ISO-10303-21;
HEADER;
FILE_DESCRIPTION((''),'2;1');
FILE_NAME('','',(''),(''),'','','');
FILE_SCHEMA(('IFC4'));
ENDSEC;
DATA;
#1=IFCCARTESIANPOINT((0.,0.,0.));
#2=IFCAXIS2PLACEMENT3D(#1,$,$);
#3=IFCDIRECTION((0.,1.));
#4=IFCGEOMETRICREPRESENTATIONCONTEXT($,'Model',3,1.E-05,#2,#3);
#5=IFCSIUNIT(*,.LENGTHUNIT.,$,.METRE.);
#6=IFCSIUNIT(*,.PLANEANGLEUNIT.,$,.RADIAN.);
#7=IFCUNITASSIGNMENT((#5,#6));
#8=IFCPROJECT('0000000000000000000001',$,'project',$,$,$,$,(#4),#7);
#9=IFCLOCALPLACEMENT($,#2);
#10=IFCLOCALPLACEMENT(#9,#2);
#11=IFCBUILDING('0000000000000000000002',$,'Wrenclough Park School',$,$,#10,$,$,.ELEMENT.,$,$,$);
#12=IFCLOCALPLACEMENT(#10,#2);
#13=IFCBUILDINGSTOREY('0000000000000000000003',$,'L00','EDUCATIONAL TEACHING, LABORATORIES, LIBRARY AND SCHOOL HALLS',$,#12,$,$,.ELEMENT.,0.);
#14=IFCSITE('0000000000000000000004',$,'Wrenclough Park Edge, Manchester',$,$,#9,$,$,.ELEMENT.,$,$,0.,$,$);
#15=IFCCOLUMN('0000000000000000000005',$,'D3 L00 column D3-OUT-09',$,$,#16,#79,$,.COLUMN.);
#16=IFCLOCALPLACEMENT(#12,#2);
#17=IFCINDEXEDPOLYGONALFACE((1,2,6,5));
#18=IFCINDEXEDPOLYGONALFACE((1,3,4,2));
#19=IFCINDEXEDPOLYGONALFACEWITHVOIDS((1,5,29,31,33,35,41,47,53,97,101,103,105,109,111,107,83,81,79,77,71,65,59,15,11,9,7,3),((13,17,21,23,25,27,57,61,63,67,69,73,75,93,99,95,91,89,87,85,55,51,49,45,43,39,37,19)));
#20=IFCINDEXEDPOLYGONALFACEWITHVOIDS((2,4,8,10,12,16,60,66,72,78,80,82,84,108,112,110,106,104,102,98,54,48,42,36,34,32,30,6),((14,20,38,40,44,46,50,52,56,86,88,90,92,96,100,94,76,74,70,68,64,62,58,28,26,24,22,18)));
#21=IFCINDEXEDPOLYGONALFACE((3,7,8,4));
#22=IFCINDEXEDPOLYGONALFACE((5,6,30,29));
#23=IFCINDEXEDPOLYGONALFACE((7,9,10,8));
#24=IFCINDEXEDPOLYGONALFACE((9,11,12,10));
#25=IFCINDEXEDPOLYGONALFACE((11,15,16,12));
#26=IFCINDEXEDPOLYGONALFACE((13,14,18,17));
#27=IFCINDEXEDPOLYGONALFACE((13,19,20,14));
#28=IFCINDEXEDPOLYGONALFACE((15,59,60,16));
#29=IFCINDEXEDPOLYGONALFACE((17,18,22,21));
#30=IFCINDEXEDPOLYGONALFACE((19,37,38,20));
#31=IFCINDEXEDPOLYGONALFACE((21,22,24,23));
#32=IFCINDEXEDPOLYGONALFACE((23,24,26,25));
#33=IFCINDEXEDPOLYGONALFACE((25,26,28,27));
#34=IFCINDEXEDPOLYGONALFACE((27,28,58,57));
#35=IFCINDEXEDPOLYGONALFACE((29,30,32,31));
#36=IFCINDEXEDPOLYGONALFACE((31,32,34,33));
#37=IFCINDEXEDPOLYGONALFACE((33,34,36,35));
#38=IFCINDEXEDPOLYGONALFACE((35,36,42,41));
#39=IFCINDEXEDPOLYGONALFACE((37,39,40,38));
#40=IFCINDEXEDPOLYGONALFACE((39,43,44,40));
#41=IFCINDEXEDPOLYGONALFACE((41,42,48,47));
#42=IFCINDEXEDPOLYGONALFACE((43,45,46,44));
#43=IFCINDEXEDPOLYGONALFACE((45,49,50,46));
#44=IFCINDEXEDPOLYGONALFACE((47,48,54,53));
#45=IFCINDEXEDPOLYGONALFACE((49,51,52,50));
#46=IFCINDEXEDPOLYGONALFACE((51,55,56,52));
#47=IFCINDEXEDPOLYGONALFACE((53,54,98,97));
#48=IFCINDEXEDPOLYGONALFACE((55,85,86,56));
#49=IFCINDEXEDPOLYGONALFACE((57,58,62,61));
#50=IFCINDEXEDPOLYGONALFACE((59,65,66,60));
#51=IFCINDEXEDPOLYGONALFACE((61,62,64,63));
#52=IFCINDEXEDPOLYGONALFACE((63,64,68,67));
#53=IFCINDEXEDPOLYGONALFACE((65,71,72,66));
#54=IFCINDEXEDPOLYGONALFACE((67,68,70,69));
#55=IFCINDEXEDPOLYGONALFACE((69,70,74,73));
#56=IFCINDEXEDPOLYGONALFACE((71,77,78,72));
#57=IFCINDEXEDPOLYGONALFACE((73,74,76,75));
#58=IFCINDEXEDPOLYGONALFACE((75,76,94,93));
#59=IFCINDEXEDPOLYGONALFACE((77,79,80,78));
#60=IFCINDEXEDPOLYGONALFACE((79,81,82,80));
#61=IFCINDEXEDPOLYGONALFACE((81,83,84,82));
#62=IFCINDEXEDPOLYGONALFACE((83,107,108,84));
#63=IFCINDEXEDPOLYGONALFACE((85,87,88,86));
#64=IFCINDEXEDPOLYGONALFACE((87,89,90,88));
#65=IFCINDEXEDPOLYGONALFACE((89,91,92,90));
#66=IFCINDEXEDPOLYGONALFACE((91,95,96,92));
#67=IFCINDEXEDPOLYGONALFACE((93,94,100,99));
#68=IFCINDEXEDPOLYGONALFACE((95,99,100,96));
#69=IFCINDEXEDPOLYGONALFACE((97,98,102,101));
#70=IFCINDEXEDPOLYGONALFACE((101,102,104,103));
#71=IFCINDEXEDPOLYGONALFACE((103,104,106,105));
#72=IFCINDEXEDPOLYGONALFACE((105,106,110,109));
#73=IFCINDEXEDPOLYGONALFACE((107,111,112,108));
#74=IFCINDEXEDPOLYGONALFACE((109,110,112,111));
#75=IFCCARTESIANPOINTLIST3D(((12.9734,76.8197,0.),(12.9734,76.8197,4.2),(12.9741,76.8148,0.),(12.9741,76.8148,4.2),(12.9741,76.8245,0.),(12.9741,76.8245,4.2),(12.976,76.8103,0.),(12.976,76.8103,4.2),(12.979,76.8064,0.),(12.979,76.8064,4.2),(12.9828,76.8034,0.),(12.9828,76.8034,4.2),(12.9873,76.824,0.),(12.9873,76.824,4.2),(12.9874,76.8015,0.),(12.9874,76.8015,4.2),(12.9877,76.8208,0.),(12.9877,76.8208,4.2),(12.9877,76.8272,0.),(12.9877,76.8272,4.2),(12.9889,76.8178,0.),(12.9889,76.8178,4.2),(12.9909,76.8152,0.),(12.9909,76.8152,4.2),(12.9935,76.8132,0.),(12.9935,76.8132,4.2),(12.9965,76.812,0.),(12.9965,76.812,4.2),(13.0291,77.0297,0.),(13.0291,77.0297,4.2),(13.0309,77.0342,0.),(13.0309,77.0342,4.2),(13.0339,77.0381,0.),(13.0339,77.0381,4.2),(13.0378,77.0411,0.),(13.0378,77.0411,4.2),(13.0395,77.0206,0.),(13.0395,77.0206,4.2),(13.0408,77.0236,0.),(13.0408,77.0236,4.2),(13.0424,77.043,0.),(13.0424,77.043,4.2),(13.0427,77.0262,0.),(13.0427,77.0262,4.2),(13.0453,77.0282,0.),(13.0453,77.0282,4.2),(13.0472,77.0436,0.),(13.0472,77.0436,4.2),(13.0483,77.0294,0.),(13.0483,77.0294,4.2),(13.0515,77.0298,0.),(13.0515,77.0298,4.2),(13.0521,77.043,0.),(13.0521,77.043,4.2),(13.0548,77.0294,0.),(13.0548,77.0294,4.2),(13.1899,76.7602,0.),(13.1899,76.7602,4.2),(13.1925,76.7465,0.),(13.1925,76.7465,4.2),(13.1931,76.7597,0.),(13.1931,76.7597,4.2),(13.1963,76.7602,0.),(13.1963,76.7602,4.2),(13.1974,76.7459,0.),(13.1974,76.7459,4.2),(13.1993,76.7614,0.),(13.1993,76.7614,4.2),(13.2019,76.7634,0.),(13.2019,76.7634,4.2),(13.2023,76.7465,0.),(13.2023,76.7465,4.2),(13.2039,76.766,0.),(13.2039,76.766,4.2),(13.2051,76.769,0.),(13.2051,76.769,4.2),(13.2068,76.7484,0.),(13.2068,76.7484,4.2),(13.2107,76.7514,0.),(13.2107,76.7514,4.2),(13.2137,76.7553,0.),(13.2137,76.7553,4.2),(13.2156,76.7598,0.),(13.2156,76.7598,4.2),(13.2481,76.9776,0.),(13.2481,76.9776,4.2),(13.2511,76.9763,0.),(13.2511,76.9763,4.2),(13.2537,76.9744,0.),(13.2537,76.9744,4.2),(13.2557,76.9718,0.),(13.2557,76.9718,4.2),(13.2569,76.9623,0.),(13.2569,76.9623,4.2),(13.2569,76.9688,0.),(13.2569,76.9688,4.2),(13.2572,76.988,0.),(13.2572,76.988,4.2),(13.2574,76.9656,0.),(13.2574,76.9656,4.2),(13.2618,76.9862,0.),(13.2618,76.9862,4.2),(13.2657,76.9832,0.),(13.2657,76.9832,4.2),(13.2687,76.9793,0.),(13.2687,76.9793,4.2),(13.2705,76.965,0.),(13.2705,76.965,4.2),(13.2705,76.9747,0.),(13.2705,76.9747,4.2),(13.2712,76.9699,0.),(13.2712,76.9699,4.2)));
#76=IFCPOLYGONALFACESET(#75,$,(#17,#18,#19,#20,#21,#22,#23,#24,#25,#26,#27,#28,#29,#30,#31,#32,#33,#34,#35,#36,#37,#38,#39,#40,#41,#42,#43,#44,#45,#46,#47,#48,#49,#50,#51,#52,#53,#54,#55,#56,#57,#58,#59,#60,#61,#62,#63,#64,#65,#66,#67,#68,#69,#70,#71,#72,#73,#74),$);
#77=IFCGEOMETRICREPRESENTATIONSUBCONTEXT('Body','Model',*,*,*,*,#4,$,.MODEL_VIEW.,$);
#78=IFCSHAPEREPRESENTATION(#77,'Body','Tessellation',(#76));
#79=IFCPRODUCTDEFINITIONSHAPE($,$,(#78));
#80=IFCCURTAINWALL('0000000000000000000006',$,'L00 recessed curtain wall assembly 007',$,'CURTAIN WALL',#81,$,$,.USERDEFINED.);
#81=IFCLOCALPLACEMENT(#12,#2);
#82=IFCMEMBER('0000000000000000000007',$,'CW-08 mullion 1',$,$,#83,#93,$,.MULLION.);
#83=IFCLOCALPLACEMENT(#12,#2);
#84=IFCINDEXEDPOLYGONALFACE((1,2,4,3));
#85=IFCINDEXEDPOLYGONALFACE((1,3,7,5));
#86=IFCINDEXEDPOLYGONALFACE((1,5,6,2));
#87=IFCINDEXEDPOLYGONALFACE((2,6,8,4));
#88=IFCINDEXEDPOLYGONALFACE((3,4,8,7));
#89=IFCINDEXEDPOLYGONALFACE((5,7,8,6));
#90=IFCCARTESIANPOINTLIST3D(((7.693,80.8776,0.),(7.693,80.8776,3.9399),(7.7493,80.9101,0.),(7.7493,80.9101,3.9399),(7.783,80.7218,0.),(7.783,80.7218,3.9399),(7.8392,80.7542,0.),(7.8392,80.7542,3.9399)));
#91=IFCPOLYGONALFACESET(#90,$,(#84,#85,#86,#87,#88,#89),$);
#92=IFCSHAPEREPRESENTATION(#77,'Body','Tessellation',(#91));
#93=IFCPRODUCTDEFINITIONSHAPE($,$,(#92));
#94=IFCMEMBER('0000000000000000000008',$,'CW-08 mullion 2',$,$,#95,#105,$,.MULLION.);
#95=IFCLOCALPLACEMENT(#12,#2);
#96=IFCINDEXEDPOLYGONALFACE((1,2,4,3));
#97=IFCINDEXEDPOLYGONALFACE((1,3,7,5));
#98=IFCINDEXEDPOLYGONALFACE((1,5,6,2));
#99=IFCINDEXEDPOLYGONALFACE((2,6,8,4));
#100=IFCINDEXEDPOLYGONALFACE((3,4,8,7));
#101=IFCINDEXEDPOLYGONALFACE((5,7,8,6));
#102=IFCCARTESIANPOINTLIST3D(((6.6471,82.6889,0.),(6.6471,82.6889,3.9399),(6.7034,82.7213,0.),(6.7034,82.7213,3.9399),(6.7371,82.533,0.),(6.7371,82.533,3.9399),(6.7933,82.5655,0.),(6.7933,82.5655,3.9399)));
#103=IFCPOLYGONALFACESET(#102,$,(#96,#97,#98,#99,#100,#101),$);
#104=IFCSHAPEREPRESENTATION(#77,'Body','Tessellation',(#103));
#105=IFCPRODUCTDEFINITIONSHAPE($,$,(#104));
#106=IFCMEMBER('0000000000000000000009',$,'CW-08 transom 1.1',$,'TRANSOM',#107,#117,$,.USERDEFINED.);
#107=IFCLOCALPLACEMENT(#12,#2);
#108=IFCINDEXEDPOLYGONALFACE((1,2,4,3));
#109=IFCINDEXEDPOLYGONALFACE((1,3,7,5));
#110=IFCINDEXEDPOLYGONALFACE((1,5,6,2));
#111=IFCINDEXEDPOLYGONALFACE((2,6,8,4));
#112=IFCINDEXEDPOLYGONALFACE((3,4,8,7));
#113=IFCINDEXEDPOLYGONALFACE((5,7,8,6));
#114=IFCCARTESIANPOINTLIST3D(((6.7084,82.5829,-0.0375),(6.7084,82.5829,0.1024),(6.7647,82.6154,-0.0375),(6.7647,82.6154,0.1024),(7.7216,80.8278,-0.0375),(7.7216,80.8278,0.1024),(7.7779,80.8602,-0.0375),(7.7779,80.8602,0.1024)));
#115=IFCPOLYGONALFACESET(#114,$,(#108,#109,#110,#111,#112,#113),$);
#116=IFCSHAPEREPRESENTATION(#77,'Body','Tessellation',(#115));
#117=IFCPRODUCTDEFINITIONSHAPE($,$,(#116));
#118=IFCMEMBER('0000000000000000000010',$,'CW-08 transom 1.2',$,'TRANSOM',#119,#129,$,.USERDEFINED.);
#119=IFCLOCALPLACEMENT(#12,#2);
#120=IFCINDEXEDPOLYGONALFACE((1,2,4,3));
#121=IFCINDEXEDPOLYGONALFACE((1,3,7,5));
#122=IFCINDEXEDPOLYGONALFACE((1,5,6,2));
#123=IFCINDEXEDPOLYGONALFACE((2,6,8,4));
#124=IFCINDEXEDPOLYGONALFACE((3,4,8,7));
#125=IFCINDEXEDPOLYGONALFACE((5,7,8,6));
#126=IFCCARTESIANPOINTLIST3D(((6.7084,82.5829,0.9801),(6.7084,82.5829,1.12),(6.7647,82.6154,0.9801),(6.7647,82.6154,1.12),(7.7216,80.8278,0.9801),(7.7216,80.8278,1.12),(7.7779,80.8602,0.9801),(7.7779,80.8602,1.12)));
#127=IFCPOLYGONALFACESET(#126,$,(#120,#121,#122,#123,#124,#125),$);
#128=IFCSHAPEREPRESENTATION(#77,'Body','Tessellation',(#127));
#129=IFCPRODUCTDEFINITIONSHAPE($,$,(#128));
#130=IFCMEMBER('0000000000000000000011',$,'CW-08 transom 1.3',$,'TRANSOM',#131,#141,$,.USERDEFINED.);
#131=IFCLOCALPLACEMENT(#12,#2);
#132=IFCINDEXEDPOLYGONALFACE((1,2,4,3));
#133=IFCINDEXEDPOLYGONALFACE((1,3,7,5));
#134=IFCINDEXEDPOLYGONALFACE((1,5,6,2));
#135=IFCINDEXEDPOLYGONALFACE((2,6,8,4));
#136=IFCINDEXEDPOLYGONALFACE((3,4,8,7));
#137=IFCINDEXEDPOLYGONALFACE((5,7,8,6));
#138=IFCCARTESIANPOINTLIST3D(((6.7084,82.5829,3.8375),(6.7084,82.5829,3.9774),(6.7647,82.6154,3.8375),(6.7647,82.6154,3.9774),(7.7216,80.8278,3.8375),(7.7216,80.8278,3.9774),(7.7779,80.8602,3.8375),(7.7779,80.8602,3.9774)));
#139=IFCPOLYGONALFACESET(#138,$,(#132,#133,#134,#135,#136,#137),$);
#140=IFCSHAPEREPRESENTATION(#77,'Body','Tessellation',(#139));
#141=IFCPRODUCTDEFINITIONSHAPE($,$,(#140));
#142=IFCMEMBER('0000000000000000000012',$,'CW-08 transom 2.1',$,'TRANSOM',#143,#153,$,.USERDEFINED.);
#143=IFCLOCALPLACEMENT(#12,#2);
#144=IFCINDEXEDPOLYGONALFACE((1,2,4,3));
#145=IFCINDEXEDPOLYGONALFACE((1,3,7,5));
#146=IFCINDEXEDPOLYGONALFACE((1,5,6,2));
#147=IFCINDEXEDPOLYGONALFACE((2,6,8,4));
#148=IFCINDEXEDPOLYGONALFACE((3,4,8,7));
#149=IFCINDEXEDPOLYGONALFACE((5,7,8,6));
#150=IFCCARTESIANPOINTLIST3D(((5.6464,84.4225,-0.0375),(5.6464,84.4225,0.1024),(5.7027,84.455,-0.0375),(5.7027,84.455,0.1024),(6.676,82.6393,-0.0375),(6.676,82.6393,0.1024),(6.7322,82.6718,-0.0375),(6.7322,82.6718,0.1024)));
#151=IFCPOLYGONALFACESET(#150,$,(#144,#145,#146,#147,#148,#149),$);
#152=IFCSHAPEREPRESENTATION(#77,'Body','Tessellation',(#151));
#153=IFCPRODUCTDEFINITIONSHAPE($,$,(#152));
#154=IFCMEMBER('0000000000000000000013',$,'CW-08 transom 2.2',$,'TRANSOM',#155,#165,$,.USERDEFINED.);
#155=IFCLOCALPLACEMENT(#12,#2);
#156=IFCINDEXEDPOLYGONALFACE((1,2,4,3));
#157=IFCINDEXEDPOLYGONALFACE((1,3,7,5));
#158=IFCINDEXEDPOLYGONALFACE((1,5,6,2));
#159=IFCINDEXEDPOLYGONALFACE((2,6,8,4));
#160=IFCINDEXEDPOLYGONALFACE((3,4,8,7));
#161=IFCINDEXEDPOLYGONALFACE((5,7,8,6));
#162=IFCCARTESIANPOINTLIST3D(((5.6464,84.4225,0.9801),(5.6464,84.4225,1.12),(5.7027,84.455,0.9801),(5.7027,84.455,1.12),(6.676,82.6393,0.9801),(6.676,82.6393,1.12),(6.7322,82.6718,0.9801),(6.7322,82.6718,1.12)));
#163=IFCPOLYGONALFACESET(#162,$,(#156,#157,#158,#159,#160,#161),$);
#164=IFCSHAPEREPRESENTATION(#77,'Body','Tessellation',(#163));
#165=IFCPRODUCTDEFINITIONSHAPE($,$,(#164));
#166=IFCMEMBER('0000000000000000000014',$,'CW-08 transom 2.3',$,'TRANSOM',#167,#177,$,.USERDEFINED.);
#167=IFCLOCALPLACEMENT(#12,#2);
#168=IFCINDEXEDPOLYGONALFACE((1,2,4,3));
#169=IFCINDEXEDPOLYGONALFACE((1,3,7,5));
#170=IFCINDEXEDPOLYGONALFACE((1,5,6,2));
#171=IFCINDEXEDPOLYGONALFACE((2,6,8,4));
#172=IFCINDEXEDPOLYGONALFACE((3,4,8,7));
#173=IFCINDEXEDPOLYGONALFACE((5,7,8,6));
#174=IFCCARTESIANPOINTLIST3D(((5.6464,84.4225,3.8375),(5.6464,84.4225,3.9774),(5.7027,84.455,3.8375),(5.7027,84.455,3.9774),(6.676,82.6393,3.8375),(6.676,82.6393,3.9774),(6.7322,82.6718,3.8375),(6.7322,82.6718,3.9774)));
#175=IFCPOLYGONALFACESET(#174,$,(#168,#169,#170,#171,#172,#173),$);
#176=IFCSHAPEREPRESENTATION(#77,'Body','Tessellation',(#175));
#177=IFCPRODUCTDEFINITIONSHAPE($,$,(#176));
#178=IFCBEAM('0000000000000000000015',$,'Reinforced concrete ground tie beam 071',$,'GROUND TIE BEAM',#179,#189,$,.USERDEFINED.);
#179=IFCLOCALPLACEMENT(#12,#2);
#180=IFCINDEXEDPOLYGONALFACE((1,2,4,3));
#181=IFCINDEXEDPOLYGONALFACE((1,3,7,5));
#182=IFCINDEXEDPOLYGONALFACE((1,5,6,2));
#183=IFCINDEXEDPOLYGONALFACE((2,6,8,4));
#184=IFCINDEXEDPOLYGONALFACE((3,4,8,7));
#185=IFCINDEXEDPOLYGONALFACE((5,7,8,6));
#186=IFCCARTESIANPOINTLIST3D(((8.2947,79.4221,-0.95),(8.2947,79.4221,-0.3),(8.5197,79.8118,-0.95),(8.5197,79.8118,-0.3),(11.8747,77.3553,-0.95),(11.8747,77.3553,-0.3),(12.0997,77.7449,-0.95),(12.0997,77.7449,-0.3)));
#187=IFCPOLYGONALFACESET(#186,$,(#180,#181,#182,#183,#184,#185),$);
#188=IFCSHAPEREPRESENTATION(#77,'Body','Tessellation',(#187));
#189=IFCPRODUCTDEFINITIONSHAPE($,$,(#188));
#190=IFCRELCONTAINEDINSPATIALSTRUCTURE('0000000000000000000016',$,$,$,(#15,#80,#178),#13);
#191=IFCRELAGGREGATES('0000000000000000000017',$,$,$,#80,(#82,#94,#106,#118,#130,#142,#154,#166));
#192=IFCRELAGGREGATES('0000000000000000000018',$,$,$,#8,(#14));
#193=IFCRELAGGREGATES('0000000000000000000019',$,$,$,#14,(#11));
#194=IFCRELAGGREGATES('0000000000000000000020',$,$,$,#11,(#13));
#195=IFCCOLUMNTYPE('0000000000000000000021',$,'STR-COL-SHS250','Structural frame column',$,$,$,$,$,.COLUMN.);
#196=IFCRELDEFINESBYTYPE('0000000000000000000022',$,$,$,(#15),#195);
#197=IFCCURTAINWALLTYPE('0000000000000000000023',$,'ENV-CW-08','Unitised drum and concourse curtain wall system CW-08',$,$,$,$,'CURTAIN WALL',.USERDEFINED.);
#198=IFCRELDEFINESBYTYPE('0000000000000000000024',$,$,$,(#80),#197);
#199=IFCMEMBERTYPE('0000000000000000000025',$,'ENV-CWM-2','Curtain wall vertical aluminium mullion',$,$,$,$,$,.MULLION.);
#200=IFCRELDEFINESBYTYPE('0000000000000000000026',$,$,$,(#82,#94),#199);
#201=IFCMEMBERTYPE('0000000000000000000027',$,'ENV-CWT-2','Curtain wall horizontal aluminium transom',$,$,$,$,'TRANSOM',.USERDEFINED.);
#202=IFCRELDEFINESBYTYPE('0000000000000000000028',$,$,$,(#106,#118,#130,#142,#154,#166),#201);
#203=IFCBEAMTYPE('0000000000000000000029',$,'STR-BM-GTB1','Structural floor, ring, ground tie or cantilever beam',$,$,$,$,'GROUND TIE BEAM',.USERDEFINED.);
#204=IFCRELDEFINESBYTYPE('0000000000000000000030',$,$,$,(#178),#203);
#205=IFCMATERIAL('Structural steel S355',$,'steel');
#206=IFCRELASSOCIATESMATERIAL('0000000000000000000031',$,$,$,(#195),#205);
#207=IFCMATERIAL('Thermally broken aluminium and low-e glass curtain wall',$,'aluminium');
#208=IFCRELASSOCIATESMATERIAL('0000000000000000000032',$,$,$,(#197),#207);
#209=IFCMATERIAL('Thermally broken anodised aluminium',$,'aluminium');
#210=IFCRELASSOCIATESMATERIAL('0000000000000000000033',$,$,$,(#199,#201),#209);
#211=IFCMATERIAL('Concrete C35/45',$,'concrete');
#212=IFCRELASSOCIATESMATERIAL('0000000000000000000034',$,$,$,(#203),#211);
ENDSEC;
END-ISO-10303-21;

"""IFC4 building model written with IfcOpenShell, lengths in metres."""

from ifc_helpers import new_model, si_unit, direction, frame, origin, origin_2d, place, context, subcontext, project, spatial, rectangle, hollow_rectangle, extrude, material, material_profile, profile_set, type_object, element, aggregate, save


model = new_model("IFC4")

# Units and contexts
model_context = context("Model", 3, precision=1e-05, world=origin(), true_north=direction((0.0, 1.0)))
body_context = subcontext(model_context, "Body", "Model", "MODEL_VIEW")
ifc_project = project(units=[si_unit("LENGTHUNIT", "METRE"), si_unit("PLANEANGLEUNIT", "RADIAN")], contexts=[model_context])

# Site, building, storey
site_placement = place(None, origin())
site = spatial("IfcSite", under=ifc_project, at=site_placement, Name="Wrenclough Park Edge, Manchester", CompositionType="ELEMENT", RefElevation=0.0)
building_placement = place(site_placement, origin())
building = spatial("IfcBuilding", under=site, at=building_placement, Name="Wrenclough Park School", CompositionType="ELEMENT")
storey_placement = place(building_placement, origin())
storey = spatial("IfcBuildingStorey", under=building, at=storey_placement, Name="L00", Description="EDUCATIONAL TEACHING, LABORATORIES, LIBRARY AND SCHOOL HALLS", CompositionType="ELEMENT", Elevation=0.0)

# Shared definitions
ifc_material_1 = material(Name="Concrete C35/45", Category="concrete")

# Column
ifc_material_2 = material(Name="Structural steel S355", Category="steel")
ifc_material_profile_1 = material_profile(ifc_material_2, hollow_rectangle(XDim=0.25, YDim=0.25, WallThickness=0.0125, InnerFilletRadius=0.0125, OuterFilletRadius=0.0188, at=origin_2d()), Name="SHS 250x250x12.5")
ifc_profile_set_1 = profile_set([ifc_material_profile_1], Name="Structural steel S355")
column_type = type_object("IfcColumnType", Name="STR-COL-SHS250", Description="Structural frame column", PredefinedType="COLUMN", material=ifc_profile_set_1)
for number, where, z_axis, x_axis, name in (
    (1, (13.1223, 76.8948, 0.0), (0.0, 0.0, 1.0), (0.965926, -0.258819, 0.0), "D3 L00 column D3-OUT-09"),
):
    element("IfcColumn", number, at=place(storey_placement, frame(where, z_axis=z_axis, x_axis=x_axis)), inside=storey, type_object=column_type, Name=name, PredefinedType="COLUMN", context=body_context, shape_type="SweptSolid", body=[
        extrude(hollow_rectangle(XDim=0.25, YDim=0.25, WallThickness=0.0125, InnerFilletRadius=0.0125, OuterFilletRadius=0.0188, at=origin_2d()), origin(), (0.0, 0.0, 1.0), 4.2),
    ])

# Curtain wall, members
ifc_material_3 = material(Name="Thermally broken aluminium and low-e glass curtain wall", Category="aluminium")
curtain_wall_type = type_object("IfcCurtainWallType", Name="ENV-CW-08", Description="Unitised drum and concourse curtain wall system CW-08", ElementType="CURTAIN WALL", PredefinedType="USERDEFINED", material=ifc_material_3)
curtain_wall_placement = place(storey_placement, origin())
curtain_wall = element("IfcCurtainWall", 2, at=curtain_wall_placement, inside=storey, type_object=curtain_wall_type, Name="L00 recessed curtain wall assembly 007", ObjectType="CURTAIN WALL", PredefinedType="USERDEFINED")
ifc_material_4 = material(Name="Thermally broken anodised aluminium", Category="aluminium")
ifc_material_profile_2 = material_profile(ifc_material_4, rectangle(XDim=0.0649, YDim=0.1799, at=origin_2d()), Name="AL MULLION 65x180")
ifc_profile_set_2 = profile_set([ifc_material_profile_2], Name="Thermally broken anodised aluminium")
member_type_1 = type_object("IfcMemberType", Name="ENV-CWM-2", Description="Curtain wall vertical aluminium mullion", PredefinedType="MULLION", material=ifc_profile_set_2)
member_1_placement = place(storey_placement, frame((7.7661, 80.8159, 0.0), z_axis=(0.0, 0.0, 1.0), x_axis=(-0.866026, -0.499999, 0.0)))
member_1 = element("IfcMember", 3, at=member_1_placement, type_object=member_type_1, Name="CW-08 mullion 1", PredefinedType="MULLION", context=body_context, shape_type="SweptSolid", body=[
    extrude(rectangle(XDim=0.0649, YDim=0.1799, at=origin_2d()), origin(), (0.0, 0.0, 1.0), 3.9399),
])
member_2_placement = place(storey_placement, frame((6.7202, 82.6272, 0.0), z_axis=(0.0, 0.0, 1.0), x_axis=(-0.866026, -0.499999, 0.0)))
member_2 = element("IfcMember", 4, at=member_2_placement, type_object=member_type_1, Name="CW-08 mullion 2", PredefinedType="MULLION", context=body_context, shape_type="SweptSolid", body=[
    extrude(rectangle(XDim=0.0649, YDim=0.1799, at=origin_2d()), origin(), (0.0, 0.0, 1.0), 3.9399),
])
ifc_material_profile_3 = material_profile(ifc_material_4, rectangle(XDim=0.0649, YDim=0.1399, at=origin_2d()), Name="AL TRANSOM 65x140")
ifc_profile_set_3 = profile_set([ifc_material_profile_3], Name="Thermally broken anodised aluminium")
member_type_2 = type_object("IfcMemberType", Name="ENV-CWT-2", Description="Curtain wall horizontal aluminium transom", ElementType="TRANSOM", PredefinedType="USERDEFINED", material=ifc_profile_set_3)
member_3_placement = place(storey_placement, frame((7.7498, 80.844, 0.0325), z_axis=(-0.499948, 0.866055, 0.0), x_axis=(-0.866055, -0.499948, 0.0)))
member_3 = element("IfcMember", 5, at=member_3_placement, type_object=member_type_2, Name="CW-08 transom 1.1", ObjectType="TRANSOM", PredefinedType="USERDEFINED", context=body_context, shape_type="SweptSolid", body=[
    extrude(rectangle(XDim=0.0649, YDim=0.1399, at=origin_2d()), origin(), (0.0, 0.0, 1.0), 2.0266),
])
member_4_placement = place(storey_placement, frame((7.7498, 80.844, 1.05), z_axis=(-0.499948, 0.866055, 0.0), x_axis=(-0.866055, -0.499948, 0.0)))
member_4 = element("IfcMember", 6, at=member_4_placement, type_object=member_type_2, Name="CW-08 transom 1.2", ObjectType="TRANSOM", PredefinedType="USERDEFINED", context=body_context, shape_type="SweptSolid", body=[
    extrude(rectangle(XDim=0.0649, YDim=0.1399, at=origin_2d()), origin(), (0.0, 0.0, 1.0), 2.0266),
])
member_5_placement = place(storey_placement, frame((7.7498, 80.844, 3.9075), z_axis=(-0.499948, 0.866055, 0.0), x_axis=(-0.866055, -0.499948, 0.0)))
member_5 = element("IfcMember", 7, at=member_5_placement, type_object=member_type_2, Name="CW-08 transom 1.3", ObjectType="TRANSOM", PredefinedType="USERDEFINED", context=body_context, shape_type="SweptSolid", body=[
    extrude(rectangle(XDim=0.0649, YDim=0.1399, at=origin_2d()), origin(), (0.0, 0.0, 1.0), 2.0266),
])
member_6_placement = place(storey_placement, frame((6.7041, 82.6555, 0.0325), z_axis=(-0.500003, 0.866024, 0.0), x_axis=(-0.866024, -0.500003, 0.0)))
member_6 = element("IfcMember", 8, at=member_6_placement, type_object=member_type_2, Name="CW-08 transom 2.1", ObjectType="TRANSOM", PredefinedType="USERDEFINED", context=body_context, shape_type="SweptSolid", body=[
    extrude(rectangle(XDim=0.0649, YDim=0.1399, at=origin_2d()), origin(), (0.0, 0.0, 1.0), 2.0591),
])
member_7_placement = place(storey_placement, frame((6.7041, 82.6555, 1.05), z_axis=(-0.500003, 0.866024, 0.0), x_axis=(-0.866024, -0.500003, 0.0)))
member_7 = element("IfcMember", 9, at=member_7_placement, type_object=member_type_2, Name="CW-08 transom 2.2", ObjectType="TRANSOM", PredefinedType="USERDEFINED", context=body_context, shape_type="SweptSolid", body=[
    extrude(rectangle(XDim=0.0649, YDim=0.1399, at=origin_2d()), origin(), (0.0, 0.0, 1.0), 2.0591),
])
member_8_placement = place(storey_placement, frame((6.7041, 82.6555, 3.9075), z_axis=(-0.500003, 0.866024, 0.0), x_axis=(-0.866024, -0.500003, 0.0)))
member_8 = element("IfcMember", 10, at=member_8_placement, type_object=member_type_2, Name="CW-08 transom 2.3", ObjectType="TRANSOM", PredefinedType="USERDEFINED", context=body_context, shape_type="SweptSolid", body=[
    extrude(rectangle(XDim=0.0649, YDim=0.1399, at=origin_2d()), origin(), (0.0, 0.0, 1.0), 2.0591),
])

# Beam
ifc_material_profile_4 = material_profile(ifc_material_1, rectangle(XDim=0.45, YDim=0.6499, at=origin_2d()), Name="RC GROUND 450x650")
ifc_profile_set_4 = profile_set([ifc_material_profile_4], Name="Concrete C35/45")
beam_type = type_object("IfcBeamType", Name="STR-BM-GTB1", Description="Structural floor, ring, ground tie or cantilever beam", ElementType="GROUND TIE BEAM", PredefinedType="USERDEFINED", material=ifc_profile_set_4)
beam_placement = place(storey_placement, frame((8.4072, 79.6169, -0.625), z_axis=(0.866032, -0.499988, 0.0), x_axis=(0.499988, 0.866032, 0.0)))
element("IfcBeam", 11, at=beam_placement, inside=storey, type_object=beam_type, Name="Reinforced concrete ground tie beam 071", ObjectType="GROUND TIE BEAM", PredefinedType="USERDEFINED", context=body_context, shape_type="SweptSolid", body=[
    extrude(rectangle(XDim=0.45, YDim=0.6499, at=origin_2d()), origin(), (0.0, 0.0, 1.0), 4.1338),
])

aggregate(curtain_wall, [member_1, member_2, member_3, member_4, member_5, member_6, member_7, member_8])

save(model, "model.ifc")
